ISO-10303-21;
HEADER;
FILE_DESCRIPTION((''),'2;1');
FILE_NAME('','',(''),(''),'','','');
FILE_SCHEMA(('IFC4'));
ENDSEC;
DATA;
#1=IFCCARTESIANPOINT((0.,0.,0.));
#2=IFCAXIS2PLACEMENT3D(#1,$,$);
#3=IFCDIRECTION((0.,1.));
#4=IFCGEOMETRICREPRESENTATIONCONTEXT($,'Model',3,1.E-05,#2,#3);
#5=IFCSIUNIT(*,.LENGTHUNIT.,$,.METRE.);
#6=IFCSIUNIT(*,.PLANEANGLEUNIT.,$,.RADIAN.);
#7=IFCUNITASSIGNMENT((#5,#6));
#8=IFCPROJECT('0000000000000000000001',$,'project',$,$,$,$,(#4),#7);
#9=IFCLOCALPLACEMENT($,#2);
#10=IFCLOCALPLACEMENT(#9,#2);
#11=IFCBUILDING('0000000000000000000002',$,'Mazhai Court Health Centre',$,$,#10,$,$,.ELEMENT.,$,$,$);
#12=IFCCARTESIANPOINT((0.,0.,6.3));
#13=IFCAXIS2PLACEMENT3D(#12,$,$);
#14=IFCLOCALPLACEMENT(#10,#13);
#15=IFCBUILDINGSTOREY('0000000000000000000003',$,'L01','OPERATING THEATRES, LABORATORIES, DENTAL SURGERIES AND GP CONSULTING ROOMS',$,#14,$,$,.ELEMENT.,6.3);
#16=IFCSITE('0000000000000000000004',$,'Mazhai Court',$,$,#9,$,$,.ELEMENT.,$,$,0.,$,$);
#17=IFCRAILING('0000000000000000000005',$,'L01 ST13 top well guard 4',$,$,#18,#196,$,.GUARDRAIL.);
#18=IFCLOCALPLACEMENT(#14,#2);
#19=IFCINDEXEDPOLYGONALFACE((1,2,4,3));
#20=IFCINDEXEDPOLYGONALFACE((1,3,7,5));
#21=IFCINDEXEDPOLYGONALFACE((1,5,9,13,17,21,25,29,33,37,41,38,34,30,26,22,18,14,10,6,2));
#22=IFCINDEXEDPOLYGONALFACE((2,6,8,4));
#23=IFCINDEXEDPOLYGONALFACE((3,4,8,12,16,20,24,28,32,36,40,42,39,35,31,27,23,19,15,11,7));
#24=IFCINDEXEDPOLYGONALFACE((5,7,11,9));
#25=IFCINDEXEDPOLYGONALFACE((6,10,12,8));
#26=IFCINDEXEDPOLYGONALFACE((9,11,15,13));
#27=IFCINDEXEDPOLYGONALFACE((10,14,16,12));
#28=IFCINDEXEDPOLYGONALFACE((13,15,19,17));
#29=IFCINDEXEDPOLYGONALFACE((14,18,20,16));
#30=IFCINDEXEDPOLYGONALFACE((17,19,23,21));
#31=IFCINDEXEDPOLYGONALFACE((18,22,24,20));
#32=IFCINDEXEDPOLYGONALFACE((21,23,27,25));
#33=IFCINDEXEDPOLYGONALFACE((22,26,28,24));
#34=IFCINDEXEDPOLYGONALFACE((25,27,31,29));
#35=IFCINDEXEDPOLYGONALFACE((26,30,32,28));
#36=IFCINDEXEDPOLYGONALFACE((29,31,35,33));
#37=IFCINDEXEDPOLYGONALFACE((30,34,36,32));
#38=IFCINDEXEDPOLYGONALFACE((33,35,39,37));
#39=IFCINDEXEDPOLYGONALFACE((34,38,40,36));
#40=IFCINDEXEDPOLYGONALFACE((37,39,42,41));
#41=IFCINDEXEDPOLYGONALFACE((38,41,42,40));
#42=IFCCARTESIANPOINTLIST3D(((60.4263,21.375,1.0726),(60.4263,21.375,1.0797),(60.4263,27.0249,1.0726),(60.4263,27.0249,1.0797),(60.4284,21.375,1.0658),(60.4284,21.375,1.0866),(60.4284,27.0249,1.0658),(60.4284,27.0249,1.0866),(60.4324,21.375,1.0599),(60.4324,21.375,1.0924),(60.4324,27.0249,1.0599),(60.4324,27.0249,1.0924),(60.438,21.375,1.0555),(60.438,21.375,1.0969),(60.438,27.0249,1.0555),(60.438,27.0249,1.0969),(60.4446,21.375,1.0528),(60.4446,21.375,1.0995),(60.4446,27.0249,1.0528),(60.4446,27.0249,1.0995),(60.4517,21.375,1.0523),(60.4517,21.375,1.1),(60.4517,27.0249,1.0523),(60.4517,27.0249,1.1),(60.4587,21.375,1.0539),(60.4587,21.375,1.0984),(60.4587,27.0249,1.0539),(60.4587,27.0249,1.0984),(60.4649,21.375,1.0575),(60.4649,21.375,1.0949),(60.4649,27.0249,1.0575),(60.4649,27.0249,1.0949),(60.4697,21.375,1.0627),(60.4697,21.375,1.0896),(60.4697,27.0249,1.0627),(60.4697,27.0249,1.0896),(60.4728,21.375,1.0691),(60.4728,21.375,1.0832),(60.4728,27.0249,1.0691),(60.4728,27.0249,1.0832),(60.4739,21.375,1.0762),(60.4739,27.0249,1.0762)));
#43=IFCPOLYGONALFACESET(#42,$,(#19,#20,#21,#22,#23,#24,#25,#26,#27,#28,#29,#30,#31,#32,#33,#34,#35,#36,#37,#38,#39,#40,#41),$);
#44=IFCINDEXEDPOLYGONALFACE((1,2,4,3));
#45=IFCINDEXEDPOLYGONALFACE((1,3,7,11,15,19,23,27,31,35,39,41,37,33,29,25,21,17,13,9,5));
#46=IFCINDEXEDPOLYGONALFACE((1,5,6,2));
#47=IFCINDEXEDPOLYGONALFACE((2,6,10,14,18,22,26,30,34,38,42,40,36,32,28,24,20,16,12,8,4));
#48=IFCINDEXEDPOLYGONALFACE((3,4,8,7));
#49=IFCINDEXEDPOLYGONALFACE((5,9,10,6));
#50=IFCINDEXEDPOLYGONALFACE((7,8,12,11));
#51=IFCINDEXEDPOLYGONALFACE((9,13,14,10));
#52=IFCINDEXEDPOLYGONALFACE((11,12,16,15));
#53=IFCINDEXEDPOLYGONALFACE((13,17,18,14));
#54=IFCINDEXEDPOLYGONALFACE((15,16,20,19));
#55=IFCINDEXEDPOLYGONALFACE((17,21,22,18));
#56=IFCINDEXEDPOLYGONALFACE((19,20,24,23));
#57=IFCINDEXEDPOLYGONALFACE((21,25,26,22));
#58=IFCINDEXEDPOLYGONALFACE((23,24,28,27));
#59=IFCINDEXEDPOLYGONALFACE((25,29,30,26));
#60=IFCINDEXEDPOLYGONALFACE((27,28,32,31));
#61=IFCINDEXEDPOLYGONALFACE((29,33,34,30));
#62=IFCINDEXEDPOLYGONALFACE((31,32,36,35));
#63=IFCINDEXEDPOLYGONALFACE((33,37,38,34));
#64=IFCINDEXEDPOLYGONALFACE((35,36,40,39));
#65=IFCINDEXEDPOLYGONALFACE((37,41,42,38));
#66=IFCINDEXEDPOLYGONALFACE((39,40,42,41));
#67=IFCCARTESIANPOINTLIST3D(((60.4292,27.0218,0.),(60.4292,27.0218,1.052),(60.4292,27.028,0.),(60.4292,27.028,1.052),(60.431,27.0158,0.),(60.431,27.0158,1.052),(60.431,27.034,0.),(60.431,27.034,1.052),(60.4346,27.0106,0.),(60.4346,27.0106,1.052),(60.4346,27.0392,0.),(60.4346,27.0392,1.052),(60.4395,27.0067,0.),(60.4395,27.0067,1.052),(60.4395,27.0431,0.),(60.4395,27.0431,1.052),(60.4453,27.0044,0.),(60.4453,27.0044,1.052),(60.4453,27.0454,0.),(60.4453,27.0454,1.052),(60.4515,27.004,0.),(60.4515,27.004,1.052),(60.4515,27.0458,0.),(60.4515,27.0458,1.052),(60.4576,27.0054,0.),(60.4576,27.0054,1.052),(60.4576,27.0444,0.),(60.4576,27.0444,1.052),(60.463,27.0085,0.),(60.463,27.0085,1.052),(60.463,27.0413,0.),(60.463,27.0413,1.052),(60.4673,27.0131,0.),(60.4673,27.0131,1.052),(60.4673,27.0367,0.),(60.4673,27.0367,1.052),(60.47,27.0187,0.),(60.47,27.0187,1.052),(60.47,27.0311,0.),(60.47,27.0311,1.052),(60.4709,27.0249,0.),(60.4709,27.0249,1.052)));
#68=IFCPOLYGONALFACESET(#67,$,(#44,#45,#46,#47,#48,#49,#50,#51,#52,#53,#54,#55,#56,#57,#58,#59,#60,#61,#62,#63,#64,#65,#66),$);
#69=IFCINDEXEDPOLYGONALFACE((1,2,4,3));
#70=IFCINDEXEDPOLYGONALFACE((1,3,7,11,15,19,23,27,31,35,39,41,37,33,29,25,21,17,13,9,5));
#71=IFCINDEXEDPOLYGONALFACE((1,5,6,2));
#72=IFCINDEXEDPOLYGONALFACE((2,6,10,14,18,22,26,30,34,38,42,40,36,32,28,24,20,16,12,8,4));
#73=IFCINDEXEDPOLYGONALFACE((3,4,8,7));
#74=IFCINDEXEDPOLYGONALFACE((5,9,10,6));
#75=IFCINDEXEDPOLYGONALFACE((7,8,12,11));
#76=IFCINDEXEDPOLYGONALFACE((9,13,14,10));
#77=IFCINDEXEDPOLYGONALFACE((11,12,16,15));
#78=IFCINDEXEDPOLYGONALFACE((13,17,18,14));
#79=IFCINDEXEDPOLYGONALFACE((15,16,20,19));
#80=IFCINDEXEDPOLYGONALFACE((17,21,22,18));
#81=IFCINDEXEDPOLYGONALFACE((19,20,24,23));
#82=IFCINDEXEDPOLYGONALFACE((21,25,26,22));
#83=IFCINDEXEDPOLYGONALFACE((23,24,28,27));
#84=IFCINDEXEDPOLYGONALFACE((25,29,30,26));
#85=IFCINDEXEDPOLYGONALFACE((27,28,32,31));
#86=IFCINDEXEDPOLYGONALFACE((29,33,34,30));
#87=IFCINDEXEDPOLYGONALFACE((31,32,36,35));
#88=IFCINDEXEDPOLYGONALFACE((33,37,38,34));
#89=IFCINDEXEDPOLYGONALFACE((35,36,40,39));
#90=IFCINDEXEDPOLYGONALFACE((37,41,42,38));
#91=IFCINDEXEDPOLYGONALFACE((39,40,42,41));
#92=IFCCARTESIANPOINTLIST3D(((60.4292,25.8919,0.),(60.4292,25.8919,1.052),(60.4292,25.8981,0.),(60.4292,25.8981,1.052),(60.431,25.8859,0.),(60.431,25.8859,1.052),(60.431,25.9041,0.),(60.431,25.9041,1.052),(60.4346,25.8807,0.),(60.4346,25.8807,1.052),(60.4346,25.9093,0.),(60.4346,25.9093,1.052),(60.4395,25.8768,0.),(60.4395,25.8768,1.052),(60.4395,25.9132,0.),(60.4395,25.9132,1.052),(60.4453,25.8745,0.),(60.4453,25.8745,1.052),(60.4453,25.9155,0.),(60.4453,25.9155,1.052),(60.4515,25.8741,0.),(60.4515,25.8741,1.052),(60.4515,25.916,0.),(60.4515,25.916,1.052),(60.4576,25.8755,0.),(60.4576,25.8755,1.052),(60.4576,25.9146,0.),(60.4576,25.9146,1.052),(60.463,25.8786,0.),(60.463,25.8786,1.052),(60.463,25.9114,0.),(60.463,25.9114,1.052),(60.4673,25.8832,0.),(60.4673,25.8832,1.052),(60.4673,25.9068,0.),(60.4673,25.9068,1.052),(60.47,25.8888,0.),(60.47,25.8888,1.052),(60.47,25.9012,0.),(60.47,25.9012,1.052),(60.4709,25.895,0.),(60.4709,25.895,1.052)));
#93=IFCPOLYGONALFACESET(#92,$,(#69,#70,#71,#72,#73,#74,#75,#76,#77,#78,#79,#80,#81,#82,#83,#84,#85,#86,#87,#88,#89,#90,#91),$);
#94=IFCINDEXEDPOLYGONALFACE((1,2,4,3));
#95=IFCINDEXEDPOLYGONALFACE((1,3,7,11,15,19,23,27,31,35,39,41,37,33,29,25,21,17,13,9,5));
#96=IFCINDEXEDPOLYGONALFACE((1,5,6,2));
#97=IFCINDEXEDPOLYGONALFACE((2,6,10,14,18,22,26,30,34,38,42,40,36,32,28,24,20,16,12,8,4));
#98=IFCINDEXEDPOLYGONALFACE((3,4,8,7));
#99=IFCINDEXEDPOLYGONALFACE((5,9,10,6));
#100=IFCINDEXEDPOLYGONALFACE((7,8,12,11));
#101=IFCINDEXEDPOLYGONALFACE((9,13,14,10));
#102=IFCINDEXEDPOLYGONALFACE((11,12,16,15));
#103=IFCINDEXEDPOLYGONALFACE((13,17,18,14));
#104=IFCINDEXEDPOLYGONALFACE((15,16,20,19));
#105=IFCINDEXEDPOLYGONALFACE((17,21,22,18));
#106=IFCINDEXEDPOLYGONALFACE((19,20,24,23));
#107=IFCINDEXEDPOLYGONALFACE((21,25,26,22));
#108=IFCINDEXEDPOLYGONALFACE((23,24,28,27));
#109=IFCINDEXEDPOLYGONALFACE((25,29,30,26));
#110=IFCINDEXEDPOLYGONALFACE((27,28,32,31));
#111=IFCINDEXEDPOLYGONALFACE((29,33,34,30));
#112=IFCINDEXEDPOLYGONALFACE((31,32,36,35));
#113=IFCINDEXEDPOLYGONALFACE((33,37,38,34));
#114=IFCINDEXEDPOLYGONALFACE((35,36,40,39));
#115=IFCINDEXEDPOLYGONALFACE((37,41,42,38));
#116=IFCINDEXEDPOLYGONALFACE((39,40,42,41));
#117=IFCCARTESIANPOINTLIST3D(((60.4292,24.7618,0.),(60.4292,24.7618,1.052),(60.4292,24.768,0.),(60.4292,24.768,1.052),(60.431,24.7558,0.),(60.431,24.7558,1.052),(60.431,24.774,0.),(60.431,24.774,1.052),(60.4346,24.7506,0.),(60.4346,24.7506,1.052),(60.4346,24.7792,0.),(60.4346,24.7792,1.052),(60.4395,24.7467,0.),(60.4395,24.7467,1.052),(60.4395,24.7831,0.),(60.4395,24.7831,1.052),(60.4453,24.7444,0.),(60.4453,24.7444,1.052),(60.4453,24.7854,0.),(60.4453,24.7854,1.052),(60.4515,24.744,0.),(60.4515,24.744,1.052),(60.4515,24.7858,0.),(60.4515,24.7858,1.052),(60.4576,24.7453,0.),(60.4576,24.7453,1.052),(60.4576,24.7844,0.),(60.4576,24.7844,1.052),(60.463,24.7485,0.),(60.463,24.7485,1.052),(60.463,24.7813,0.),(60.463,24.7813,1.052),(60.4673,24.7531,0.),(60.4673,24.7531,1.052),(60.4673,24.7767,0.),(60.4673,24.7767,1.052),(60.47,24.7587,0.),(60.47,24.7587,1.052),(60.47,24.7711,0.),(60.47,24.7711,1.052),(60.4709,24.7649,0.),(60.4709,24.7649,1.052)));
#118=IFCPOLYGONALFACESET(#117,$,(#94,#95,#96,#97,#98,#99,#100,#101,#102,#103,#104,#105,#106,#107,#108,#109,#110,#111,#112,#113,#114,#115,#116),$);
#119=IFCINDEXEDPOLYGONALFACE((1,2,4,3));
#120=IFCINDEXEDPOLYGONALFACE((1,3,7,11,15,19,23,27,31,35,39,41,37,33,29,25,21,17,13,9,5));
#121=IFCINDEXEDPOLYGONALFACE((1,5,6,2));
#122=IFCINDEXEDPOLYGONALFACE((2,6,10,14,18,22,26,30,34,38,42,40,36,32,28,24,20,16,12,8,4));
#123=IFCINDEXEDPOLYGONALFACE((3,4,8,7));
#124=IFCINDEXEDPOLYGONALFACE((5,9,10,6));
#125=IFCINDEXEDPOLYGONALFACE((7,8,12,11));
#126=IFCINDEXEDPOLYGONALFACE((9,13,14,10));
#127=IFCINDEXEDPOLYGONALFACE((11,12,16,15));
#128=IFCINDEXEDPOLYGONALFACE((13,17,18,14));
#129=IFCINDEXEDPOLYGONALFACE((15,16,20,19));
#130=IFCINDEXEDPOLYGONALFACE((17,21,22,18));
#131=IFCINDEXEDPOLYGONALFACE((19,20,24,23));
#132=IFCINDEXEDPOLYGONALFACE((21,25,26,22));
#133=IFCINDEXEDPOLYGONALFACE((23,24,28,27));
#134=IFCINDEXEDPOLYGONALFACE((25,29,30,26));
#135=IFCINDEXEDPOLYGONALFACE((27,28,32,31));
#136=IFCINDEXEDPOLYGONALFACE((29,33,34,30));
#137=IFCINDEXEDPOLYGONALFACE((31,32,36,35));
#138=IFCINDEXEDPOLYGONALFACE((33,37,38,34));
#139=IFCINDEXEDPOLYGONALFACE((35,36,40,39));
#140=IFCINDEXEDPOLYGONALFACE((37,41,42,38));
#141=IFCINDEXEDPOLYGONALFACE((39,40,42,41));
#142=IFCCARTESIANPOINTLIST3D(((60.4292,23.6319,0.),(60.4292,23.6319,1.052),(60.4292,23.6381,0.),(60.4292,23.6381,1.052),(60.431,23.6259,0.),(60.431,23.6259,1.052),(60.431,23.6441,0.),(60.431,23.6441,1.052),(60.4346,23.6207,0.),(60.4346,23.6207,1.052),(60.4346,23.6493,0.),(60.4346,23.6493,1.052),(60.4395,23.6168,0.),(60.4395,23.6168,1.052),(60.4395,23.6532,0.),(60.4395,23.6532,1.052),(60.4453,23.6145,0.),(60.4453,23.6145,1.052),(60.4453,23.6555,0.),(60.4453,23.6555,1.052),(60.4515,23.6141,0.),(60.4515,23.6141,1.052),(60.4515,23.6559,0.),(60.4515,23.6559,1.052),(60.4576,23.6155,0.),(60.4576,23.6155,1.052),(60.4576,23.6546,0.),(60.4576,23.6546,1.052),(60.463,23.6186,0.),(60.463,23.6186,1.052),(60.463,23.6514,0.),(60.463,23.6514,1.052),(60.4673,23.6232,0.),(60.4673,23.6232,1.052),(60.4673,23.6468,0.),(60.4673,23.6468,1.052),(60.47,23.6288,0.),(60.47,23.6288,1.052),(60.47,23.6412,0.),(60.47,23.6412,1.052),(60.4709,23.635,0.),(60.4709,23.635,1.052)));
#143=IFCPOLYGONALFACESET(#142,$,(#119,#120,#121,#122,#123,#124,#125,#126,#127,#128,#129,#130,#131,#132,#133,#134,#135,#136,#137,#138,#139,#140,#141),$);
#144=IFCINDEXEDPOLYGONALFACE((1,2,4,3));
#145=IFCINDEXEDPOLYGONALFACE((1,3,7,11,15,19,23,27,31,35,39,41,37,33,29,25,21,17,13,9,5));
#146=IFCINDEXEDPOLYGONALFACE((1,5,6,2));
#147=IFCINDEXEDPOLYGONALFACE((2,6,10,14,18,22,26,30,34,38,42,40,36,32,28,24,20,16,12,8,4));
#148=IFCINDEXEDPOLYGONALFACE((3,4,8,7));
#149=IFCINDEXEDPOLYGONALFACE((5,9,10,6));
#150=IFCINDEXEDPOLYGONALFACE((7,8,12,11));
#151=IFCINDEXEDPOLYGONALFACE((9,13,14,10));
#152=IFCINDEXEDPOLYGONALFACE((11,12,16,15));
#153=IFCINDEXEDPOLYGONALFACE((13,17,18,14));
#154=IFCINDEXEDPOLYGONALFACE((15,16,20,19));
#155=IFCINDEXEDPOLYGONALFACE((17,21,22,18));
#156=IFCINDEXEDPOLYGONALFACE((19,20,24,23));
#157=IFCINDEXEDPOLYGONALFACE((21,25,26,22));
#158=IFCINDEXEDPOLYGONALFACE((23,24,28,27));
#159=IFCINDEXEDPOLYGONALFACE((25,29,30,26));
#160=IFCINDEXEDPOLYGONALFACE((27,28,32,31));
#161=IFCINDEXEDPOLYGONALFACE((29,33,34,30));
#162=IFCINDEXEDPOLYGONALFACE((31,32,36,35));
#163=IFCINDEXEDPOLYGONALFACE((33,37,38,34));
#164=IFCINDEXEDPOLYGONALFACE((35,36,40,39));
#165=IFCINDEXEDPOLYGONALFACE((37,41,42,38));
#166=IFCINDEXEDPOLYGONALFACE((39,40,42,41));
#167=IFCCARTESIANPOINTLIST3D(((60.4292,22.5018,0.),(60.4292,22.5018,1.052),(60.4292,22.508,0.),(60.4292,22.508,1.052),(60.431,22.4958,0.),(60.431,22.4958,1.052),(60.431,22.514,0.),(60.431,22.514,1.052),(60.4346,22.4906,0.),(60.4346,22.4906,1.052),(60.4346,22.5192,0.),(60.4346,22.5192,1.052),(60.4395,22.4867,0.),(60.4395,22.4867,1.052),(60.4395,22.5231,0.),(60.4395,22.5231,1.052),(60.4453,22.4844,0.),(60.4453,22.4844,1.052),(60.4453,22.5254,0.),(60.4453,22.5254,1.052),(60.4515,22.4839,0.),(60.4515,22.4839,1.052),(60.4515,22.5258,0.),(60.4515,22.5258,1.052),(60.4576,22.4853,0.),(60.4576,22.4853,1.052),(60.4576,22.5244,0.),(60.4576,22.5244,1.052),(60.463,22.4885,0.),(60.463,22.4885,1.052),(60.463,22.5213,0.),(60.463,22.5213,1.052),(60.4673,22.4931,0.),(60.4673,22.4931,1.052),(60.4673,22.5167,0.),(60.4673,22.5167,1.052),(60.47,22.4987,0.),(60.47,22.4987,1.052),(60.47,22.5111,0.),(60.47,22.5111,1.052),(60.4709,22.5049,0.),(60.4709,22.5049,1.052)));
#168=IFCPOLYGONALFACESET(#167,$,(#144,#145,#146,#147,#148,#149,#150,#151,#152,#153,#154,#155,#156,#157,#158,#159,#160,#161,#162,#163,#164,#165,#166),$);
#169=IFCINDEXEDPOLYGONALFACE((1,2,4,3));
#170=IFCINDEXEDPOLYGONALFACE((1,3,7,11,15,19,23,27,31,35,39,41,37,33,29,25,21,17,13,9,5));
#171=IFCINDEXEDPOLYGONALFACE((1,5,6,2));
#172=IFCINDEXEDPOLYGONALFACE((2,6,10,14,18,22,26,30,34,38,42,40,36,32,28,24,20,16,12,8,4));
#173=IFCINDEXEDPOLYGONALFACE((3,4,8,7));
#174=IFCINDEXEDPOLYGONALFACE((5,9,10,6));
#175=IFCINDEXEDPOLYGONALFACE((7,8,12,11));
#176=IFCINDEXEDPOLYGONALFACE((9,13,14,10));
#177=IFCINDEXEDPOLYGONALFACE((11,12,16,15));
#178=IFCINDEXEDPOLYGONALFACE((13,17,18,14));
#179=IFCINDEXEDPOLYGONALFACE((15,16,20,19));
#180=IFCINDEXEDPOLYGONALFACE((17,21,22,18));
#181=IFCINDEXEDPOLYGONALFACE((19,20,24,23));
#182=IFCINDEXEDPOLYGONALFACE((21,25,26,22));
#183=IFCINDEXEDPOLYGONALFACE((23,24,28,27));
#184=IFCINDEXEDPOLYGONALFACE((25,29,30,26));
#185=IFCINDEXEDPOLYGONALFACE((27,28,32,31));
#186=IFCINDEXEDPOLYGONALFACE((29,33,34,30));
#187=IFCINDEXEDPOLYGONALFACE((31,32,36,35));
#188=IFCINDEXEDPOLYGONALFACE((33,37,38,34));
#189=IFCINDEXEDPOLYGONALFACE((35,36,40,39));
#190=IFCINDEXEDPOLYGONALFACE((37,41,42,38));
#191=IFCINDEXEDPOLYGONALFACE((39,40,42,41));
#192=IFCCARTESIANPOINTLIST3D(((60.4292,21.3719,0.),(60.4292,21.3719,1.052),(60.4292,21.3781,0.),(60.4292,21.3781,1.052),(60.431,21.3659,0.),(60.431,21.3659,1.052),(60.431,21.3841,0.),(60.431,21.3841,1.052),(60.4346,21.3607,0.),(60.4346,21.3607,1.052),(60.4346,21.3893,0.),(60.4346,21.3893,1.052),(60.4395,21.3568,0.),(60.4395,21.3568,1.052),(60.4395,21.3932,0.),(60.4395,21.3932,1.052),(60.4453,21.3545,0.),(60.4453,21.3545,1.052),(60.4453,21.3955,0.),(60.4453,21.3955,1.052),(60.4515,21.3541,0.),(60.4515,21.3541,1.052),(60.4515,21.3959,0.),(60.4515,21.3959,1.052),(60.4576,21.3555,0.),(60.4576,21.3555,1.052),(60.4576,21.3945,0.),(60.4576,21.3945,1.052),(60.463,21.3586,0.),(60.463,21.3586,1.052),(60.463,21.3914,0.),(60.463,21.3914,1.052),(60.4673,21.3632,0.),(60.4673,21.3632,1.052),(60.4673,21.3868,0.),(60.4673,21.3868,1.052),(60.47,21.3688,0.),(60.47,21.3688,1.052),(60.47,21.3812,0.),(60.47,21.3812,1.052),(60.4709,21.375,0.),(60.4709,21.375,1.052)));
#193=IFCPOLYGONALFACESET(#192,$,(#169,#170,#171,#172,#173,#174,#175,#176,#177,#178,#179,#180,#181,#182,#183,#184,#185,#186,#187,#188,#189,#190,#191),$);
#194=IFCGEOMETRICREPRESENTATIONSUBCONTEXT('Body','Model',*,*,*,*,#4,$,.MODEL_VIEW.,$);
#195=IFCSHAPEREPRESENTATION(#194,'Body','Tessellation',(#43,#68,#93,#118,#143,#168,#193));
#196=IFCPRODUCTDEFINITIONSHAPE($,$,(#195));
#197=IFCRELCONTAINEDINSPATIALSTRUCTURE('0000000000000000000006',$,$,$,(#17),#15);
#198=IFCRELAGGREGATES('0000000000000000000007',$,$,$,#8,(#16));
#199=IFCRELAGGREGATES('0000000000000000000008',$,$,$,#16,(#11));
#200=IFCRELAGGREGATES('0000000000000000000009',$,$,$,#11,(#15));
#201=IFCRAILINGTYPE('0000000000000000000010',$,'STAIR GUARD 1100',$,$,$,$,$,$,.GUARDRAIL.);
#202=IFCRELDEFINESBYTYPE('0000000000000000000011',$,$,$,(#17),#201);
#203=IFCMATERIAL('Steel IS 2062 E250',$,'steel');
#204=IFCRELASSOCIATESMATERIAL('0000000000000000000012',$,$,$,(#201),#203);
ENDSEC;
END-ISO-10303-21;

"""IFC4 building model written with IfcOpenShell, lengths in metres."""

from ifc_helpers import new_model, si_unit, direction, frame, origin, origin_2d, place, context, subcontext, project, spatial, circle, extrude, material, type_object, element, save


model = new_model("IFC4")

# Units and contexts
model_context = context("Model", 3, precision=1e-05, world=origin(), true_north=direction((0.0, 1.0)))
body_context = subcontext(model_context, "Body", "Model", "MODEL_VIEW")
ifc_project = project(units=[si_unit("LENGTHUNIT", "METRE"), si_unit("PLANEANGLEUNIT", "RADIAN")], contexts=[model_context])

# Site, building, storey
site_placement = place(None, origin())
site = spatial("IfcSite", under=ifc_project, at=site_placement, Name="Mazhai Court", CompositionType="ELEMENT", RefElevation=0.0)
building_placement = place(site_placement, origin())
building = spatial("IfcBuilding", under=site, at=building_placement, Name="Mazhai Court Health Centre", CompositionType="ELEMENT")
storey_placement = place(building_placement, frame((0.0, 0.0, 6.3)))
storey = spatial("IfcBuildingStorey", under=building, at=storey_placement, Name="L01", Description="OPERATING THEATRES, LABORATORIES, DENTAL SURGERIES AND GP CONSULTING ROOMS", CompositionType="ELEMENT", Elevation=6.3)

# Railing
ifc_material_1 = material(Name="Steel IS 2062 E250", Category="steel")
railing_type_1 = type_object("IfcRailingType", Name="STAIR GUARD 1100", PredefinedType="GUARDRAIL", material=ifc_material_1)
railing_1_placement = place(storey_placement, frame((60.45, 27.0249, 0.0)))
element("IfcRailing", 1, at=railing_1_placement, inside=storey, type_object=railing_type_1, Name="L01 ST13 top well guard 4", PredefinedType="GUARDRAIL", context=body_context, shape_type="SweptSolid", body=[
    extrude(circle(Radius=0.0239, at=origin_2d()), frame((0.0, 0.0, 1.0762), z_axis=(0.0, -1.0, 0.0), x_axis=(1.0, 0.0, 0.0)), (0.0, 0.0, 1.0), 5.6499),
    extrude(circle(Radius=0.021, at=origin_2d()), origin(), (0.0, 0.0, 1.0), 1.052),
    extrude(circle(Radius=0.021, at=origin_2d()), frame((0.0, -1.1299, 0.0)), (0.0, 0.0, 1.0), 1.052),
    extrude(circle(Radius=0.021, at=origin_2d()), frame((0.0, -2.26, 0.0)), (0.0, 0.0, 1.0), 1.052),
    extrude(circle(Radius=0.021, at=origin_2d()), frame((0.0, -3.3899, 0.0)), (0.0, 0.0, 1.0), 1.052),
    extrude(circle(Radius=0.021, at=origin_2d()), frame((0.0, -4.52, 0.0)), (0.0, 0.0, 1.0), 1.052),
    extrude(circle(Radius=0.021, at=origin_2d()), frame((0.0, -5.6499, 0.0)), (0.0, 0.0, 1.0), 1.052),
])

save(model, "model.ifc")
